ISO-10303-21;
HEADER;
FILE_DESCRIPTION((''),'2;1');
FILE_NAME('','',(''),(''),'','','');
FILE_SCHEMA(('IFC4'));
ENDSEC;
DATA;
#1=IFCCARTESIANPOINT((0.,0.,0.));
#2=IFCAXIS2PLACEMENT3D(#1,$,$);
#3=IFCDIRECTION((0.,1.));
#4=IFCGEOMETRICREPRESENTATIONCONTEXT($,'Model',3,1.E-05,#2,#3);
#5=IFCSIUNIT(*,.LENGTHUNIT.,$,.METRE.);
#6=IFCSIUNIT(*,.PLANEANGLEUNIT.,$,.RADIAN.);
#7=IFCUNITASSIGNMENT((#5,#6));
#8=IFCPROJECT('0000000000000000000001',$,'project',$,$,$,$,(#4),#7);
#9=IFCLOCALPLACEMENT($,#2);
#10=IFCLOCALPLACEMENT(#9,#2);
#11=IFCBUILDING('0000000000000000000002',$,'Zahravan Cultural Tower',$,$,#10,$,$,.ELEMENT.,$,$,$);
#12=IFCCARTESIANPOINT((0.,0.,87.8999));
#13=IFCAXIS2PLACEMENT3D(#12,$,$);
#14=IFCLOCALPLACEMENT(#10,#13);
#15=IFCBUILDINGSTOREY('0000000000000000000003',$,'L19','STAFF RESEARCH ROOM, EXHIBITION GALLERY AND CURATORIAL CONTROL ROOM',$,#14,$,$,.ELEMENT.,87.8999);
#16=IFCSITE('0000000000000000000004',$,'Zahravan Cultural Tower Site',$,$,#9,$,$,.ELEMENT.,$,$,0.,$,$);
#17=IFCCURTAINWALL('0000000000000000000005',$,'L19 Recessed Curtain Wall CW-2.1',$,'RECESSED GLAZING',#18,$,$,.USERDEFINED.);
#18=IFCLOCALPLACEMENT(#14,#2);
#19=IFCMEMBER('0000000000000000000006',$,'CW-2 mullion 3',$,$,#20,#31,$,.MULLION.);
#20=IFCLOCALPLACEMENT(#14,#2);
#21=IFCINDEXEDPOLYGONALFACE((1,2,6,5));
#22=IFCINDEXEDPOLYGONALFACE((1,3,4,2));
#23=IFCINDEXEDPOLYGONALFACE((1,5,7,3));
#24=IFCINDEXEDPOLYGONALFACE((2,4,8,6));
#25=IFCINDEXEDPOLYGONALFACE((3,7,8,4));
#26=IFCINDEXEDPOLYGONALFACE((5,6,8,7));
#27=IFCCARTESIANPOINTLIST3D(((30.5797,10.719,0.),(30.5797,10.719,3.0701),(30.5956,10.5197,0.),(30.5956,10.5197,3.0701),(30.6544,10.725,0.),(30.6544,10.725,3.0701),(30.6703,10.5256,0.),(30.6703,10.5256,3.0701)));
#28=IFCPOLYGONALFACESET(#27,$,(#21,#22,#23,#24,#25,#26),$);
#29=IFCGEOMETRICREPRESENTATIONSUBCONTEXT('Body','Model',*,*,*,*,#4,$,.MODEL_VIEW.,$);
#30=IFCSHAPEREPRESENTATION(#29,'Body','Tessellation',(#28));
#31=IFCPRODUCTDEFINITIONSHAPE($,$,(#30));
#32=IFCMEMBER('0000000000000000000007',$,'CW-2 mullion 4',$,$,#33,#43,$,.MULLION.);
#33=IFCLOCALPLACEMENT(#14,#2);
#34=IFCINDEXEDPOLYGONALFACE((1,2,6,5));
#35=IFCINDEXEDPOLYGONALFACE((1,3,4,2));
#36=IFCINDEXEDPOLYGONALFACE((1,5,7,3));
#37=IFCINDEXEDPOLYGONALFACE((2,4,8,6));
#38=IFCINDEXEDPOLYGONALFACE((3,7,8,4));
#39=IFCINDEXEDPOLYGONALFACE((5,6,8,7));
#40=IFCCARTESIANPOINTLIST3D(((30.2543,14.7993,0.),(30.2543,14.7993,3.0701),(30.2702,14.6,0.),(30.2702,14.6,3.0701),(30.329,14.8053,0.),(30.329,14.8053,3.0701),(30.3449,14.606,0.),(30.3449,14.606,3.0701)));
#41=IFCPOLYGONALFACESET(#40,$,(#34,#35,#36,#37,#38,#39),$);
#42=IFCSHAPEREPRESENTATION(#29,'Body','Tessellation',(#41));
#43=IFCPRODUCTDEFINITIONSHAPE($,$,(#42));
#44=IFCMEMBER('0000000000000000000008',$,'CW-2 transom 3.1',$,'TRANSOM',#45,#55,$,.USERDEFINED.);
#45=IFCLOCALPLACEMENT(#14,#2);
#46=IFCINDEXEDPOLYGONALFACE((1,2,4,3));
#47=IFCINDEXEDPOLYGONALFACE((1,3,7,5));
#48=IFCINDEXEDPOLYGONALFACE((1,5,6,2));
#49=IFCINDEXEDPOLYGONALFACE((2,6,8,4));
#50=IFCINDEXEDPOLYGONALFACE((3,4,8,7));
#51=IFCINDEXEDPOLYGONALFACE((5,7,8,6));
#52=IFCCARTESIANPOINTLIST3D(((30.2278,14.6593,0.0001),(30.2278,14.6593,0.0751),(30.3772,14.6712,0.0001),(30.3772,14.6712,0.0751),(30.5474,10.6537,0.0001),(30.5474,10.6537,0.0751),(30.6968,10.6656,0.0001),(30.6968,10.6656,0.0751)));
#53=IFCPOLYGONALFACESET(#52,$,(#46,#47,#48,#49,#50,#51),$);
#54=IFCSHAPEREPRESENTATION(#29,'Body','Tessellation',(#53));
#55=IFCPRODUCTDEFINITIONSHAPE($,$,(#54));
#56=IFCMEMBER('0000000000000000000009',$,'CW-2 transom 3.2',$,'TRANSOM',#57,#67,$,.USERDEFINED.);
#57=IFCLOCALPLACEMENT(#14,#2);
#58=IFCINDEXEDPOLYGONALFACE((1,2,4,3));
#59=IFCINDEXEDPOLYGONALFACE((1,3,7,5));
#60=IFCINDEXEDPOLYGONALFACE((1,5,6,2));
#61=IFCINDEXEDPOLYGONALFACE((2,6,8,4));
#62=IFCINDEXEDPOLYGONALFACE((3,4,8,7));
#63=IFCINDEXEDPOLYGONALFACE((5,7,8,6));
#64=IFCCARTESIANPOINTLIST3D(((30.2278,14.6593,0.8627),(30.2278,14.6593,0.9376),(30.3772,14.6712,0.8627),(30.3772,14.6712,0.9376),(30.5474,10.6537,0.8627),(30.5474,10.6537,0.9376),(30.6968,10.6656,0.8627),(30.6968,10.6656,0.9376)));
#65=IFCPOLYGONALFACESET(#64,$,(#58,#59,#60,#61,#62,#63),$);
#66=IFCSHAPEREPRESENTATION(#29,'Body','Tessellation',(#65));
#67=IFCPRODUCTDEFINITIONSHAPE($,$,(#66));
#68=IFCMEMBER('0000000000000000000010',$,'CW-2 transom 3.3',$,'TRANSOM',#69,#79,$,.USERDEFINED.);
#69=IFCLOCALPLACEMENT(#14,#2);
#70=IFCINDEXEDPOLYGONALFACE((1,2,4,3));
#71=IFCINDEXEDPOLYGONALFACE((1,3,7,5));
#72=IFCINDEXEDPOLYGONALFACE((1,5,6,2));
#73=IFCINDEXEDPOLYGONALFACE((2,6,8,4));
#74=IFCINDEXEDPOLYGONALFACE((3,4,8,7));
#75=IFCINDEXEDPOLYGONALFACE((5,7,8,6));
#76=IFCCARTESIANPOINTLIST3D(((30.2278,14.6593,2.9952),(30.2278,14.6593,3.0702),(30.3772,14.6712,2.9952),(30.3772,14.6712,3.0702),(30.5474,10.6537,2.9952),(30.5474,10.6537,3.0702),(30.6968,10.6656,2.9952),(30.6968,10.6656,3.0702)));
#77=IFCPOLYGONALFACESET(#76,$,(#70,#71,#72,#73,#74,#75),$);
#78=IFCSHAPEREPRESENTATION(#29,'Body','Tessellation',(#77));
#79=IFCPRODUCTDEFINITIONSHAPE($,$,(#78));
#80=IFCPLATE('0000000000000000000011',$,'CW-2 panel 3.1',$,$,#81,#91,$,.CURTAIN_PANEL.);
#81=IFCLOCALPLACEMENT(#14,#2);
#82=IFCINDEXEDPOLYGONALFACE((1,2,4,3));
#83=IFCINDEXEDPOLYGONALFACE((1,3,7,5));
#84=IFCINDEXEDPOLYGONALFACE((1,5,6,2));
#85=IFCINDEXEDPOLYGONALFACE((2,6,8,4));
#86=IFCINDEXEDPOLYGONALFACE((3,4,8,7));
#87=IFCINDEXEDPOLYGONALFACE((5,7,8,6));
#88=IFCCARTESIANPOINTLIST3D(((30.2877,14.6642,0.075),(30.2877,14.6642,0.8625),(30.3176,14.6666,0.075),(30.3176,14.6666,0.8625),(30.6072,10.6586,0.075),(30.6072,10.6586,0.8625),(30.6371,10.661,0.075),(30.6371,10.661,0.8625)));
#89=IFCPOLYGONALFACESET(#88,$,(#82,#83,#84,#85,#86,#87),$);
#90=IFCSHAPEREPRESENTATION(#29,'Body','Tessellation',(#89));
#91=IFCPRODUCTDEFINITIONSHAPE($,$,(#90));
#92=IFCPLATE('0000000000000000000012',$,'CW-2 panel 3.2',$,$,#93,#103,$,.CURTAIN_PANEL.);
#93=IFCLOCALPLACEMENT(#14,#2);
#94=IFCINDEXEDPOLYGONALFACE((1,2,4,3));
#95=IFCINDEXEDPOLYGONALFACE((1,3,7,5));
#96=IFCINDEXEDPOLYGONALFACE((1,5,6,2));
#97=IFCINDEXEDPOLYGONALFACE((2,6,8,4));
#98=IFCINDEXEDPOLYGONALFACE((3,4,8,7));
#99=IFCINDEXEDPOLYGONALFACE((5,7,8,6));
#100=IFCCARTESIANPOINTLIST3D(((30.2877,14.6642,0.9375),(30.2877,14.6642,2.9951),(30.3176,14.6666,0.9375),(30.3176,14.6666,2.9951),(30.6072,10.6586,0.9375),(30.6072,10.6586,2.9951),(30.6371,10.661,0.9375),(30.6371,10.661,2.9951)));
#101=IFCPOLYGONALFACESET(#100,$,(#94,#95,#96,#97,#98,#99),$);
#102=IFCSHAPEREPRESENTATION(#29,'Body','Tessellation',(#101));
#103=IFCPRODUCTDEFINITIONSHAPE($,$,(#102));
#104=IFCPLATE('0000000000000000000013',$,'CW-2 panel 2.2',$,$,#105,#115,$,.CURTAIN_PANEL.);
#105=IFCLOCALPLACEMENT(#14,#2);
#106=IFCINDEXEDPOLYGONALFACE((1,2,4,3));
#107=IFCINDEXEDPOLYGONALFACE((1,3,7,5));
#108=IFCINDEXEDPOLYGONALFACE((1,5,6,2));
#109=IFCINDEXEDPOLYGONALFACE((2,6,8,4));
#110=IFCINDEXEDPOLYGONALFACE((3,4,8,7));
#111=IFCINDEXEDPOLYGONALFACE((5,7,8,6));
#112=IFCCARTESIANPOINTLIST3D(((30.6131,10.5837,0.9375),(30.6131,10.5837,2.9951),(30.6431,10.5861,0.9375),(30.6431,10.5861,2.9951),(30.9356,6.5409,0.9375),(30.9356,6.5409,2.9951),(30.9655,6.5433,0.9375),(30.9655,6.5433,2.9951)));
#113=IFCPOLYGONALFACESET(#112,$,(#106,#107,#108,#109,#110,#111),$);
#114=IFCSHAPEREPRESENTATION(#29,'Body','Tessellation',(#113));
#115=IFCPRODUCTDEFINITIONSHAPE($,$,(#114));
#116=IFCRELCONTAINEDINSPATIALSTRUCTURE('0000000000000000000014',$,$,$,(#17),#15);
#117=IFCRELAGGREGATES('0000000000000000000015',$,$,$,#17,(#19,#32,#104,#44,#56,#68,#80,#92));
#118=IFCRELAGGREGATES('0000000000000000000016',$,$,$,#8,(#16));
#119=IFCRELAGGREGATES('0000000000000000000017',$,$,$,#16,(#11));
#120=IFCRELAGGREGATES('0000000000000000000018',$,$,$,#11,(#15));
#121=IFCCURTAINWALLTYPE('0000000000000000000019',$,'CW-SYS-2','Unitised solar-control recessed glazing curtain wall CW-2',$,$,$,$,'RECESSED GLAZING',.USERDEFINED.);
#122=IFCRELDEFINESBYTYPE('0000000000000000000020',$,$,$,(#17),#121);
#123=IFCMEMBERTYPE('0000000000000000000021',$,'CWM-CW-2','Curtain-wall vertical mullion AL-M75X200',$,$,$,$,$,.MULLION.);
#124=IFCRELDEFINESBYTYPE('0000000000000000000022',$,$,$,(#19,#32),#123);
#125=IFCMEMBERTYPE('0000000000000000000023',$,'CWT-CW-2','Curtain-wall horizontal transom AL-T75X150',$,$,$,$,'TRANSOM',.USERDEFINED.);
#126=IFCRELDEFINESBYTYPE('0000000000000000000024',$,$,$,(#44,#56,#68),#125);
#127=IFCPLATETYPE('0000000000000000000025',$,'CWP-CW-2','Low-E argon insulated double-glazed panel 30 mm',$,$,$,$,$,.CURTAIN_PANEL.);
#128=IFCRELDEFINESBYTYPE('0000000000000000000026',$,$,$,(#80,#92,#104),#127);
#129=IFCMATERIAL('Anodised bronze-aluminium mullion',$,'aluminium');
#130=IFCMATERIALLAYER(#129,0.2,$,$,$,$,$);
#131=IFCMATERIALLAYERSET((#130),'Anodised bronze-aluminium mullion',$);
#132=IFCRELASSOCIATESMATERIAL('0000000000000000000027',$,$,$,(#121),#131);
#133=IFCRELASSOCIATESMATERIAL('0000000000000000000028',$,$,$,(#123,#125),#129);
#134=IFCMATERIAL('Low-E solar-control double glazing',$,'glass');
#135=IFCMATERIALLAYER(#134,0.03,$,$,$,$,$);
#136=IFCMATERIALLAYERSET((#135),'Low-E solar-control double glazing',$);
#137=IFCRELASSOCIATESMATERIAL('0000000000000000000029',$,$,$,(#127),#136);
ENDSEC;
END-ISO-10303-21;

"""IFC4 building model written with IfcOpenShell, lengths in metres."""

from ifc_helpers import new_model, si_unit, direction, frame, origin, origin_2d, place, context, subcontext, project, spatial, rectangle, extrude, source, transform, mapped, material, layer, layer_set, material_profile, profile_set, type_object, element, aggregate, save


model = new_model("IFC4")

# Units and contexts
model_context = context("Model", 3, precision=1e-05, world=origin(), true_north=direction((0.0, 1.0)))
body_context = subcontext(model_context, "Body", "Model", "MODEL_VIEW")
ifc_project = project(units=[si_unit("LENGTHUNIT", "METRE"), si_unit("PLANEANGLEUNIT", "RADIAN")], contexts=[model_context])

# Site, building, storey
site_placement = place(None, origin())
site = spatial("IfcSite", under=ifc_project, at=site_placement, Name="Zahravan Cultural Tower Site", CompositionType="ELEMENT", RefElevation=0.0)
building_placement = place(site_placement, origin())
building = spatial("IfcBuilding", under=site, at=building_placement, Name="Zahravan Cultural Tower", CompositionType="ELEMENT")
storey_placement = place(building_placement, frame((0.0, 0.0, 87.8999)))
storey = spatial("IfcBuildingStorey", under=building, at=storey_placement, Name="L19", Description="STAFF RESEARCH ROOM, EXHIBITION GALLERY AND CURATORIAL CONTROL ROOM", CompositionType="ELEMENT", Elevation=87.8999)

# Curtain wall, members, plates
ifc_material_1 = material(Name="Anodised bronze-aluminium mullion", Category="aluminium")
ifc_layer_1 = layer(ifc_material_1, 0.2)
ifc_layer_set_1 = layer_set([ifc_layer_1], Name="Anodised bronze-aluminium mullion")
curtain_wall_type = type_object("IfcCurtainWallType", Name="CW-SYS-2", Description="Unitised solar-control recessed glazing curtain wall CW-2", ElementType="RECESSED GLAZING", PredefinedType="USERDEFINED", material=ifc_layer_set_1)
curtain_wall_placement = place(storey_placement, origin())
curtain_wall = element("IfcCurtainWall", 1, at=curtain_wall_placement, inside=storey, type_object=curtain_wall_type, Name="L19 Recessed Curtain Wall CW-2.1", ObjectType="RECESSED GLAZING", PredefinedType="USERDEFINED")
ifc_material_profile_1 = material_profile(ifc_material_1, rectangle(XDim=0.075, YDim=0.2, at=origin_2d()), Name="AL-M75X200")
ifc_profile_set_1 = profile_set([ifc_material_profile_1], Name="Anodised bronze-aluminium mullion")
member_type_1 = type_object("IfcMemberType", Name="CWM-CW-2", Description="Curtain-wall vertical mullion AL-M75X200", PredefinedType="MULLION", material=ifc_profile_set_1)
shared_shape_1 = source(origin(), body_context, "Body", "SweptSolid", [
    extrude(rectangle(XDim=0.075, YDim=0.2, at=origin_2d()), origin(), (0.0, 0.0, 1.0), 3.0701),
])
member_1_placement = place(storey_placement, frame((30.625, 10.6223, 0.0), z_axis=(0.0, 0.0, 1.0), x_axis=(-0.996835, -0.079501, 0.0)))
member_1 = element("IfcMember", 2, at=member_1_placement, type_object=member_type_1, Name="CW-2 mullion 3", PredefinedType="MULLION", context=body_context, shape_type="MappedRepresentation", body=[
    mapped(shared_shape_1, transform((0.0, 0.0, 0.0), x_axis=(1.0, 0.0, 0.0), y_axis=(0.0, 1.0, 0.0), z_axis=(0.0, 0.0, 1.0), scale=1.0)),
])
member_2_placement = place(storey_placement, frame((30.2996, 14.7026, 0.0), z_axis=(0.0, 0.0, 1.0), x_axis=(-0.996835, -0.079501, 0.0)))
member_2 = element("IfcMember", 3, at=member_2_placement, type_object=member_type_1, Name="CW-2 mullion 4", PredefinedType="MULLION", context=body_context, shape_type="MappedRepresentation", body=[
    mapped(shared_shape_1, transform((0.0, 0.0, 0.0), x_axis=(1.0, 0.0, 0.0), y_axis=(0.0, 1.0, 0.0), z_axis=(0.0, 0.0, 1.0), scale=1.0)),
])
ifc_material_profile_2 = material_profile(ifc_material_1, rectangle(XDim=0.1499, YDim=0.075, at=origin_2d()), Name="AL-T75X150")
ifc_profile_set_2 = profile_set([ifc_material_profile_2], Name="Anodised bronze-aluminium mullion")
member_type_2 = type_object("IfcMemberType", Name="CWT-CW-2", Description="Curtain-wall horizontal transom AL-T75X150", ElementType="TRANSOM", PredefinedType="USERDEFINED", material=ifc_profile_set_2)
shared_shape_2 = source(origin(), body_context, "Body", "SweptSolid", [
    extrude(rectangle(XDim=0.1499, YDim=0.075, at=origin_2d()), origin(), (0.0, 0.0, 1.0), 4.0183),
])
member_3_placement = place(storey_placement, frame((30.6221, 10.6597, 0.0376), z_axis=(-0.07953, 0.996832, 0.0), x_axis=(-0.996832, -0.07953, 0.0)))
member_3 = element("IfcMember", 4, at=member_3_placement, type_object=member_type_2, Name="CW-2 transom 3.1", ObjectType="TRANSOM", PredefinedType="USERDEFINED", context=body_context, shape_type="MappedRepresentation", body=[
    mapped(shared_shape_2, transform((0.0, 0.0, 0.0), x_axis=(1.0, 0.0, 0.0), y_axis=(0.0, 1.0, 0.0), z_axis=(0.0, 0.0, 1.0), scale=1.0)),
])
member_4_placement = place(storey_placement, frame((30.6221, 10.6597, 0.9001), z_axis=(-0.07953, 0.996832, 0.0), x_axis=(-0.996832, -0.07953, 0.0)))
member_4 = element("IfcMember", 5, at=member_4_placement, type_object=member_type_2, Name="CW-2 transom 3.2", ObjectType="TRANSOM", PredefinedType="USERDEFINED", context=body_context, shape_type="MappedRepresentation", body=[
    mapped(shared_shape_2, transform((0.0, 0.0, 0.0), x_axis=(1.0, 0.0, 0.0), y_axis=(0.0, 1.0, 0.0), z_axis=(0.0, 0.0, 1.0), scale=1.0)),
])
member_5_placement = place(storey_placement, frame((30.6221, 10.6597, 3.0327), z_axis=(-0.07953, 0.996832, 0.0), x_axis=(-0.996832, -0.07953, 0.0)))
member_5 = element("IfcMember", 6, at=member_5_placement, type_object=member_type_2, Name="CW-2 transom 3.3", ObjectType="TRANSOM", PredefinedType="USERDEFINED", context=body_context, shape_type="MappedRepresentation", body=[
    mapped(shared_shape_2, transform((0.0, 0.0, 0.0), x_axis=(1.0, 0.0, 0.0), y_axis=(0.0, 1.0, 0.0), z_axis=(0.0, 0.0, 1.0), scale=1.0)),
])
ifc_material_2 = material(Name="Low-E solar-control double glazing", Category="glass")
ifc_layer_2 = layer(ifc_material_2, 0.03)
ifc_layer_set_2 = layer_set([ifc_layer_2], Name="Low-E solar-control double glazing")
plate_type = type_object("IfcPlateType", Name="CWP-CW-2", Description="Low-E argon insulated double-glazed panel 30 mm", PredefinedType="CURTAIN_PANEL", material=ifc_layer_set_2)
shared_shape_3 = source(origin(), body_context, "Body", "SweptSolid", [
    extrude(rectangle(XDim=4.0183, YDim=0.03, at=origin_2d()), origin(), (0.0, 0.0, 1.0), 0.7876),
])
plate_1_placement = place(storey_placement, frame((30.4624, 12.6626, 0.075), z_axis=(0.0, 0.0, 1.0), x_axis=(-0.079501, 0.996835, 0.0)))
plate_1 = element("IfcPlate", 7, at=plate_1_placement, type_object=plate_type, Name="CW-2 panel 3.1", PredefinedType="CURTAIN_PANEL", context=body_context, shape_type="MappedRepresentation", body=[
    mapped(shared_shape_3, transform((0.0, 0.0, 0.0), x_axis=(1.0, 0.0, 0.0), y_axis=(0.0, 1.0, 0.0), z_axis=(0.0, 0.0, 1.0), scale=1.0)),
])
shared_shape_4 = source(origin(), body_context, "Body", "SweptSolid", [
    extrude(rectangle(XDim=4.0183, YDim=0.03, at=origin_2d()), origin(), (0.0, 0.0, 1.0), 2.0576),
])
plate_2_placement = place(storey_placement, frame((30.4624, 12.6626, 0.9375), z_axis=(0.0, 0.0, 1.0), x_axis=(-0.079501, 0.996835, 0.0)))
plate_2 = element("IfcPlate", 8, at=plate_2_placement, type_object=plate_type, Name="CW-2 panel 3.2", PredefinedType="CURTAIN_PANEL", context=body_context, shape_type="MappedRepresentation", body=[
    mapped(shared_shape_4, transform((0.0, 0.0, 0.0), x_axis=(1.0, 0.0, 0.0), y_axis=(0.0, 1.0, 0.0), z_axis=(0.0, 0.0, 1.0), scale=1.0)),
])
shared_shape_5 = source(origin(), body_context, "Body", "SweptSolid", [
    extrude(rectangle(XDim=4.0557, YDim=0.03, at=origin_2d()), origin(), (0.0, 0.0, 1.0), 2.0576),
])
plate_3_placement = place(storey_placement, frame((30.7893, 8.5635, 0.9375), z_axis=(0.0, 0.0, 1.0), x_axis=(-0.079501, 0.996835, 0.0)))
plate_3 = element("IfcPlate", 9, at=plate_3_placement, type_object=plate_type, Name="CW-2 panel 2.2", PredefinedType="CURTAIN_PANEL", context=body_context, shape_type="MappedRepresentation", body=[
    mapped(shared_shape_5, transform((0.0, 0.0, 0.0), x_axis=(1.0, 0.0, 0.0), y_axis=(0.0, 1.0, 0.0), z_axis=(0.0, 0.0, 1.0), scale=1.0)),
])
aggregate(curtain_wall, [member_1, member_2, plate_3, member_3, member_4, member_5, plate_1, plate_2])

save(model, "model.ifc")
